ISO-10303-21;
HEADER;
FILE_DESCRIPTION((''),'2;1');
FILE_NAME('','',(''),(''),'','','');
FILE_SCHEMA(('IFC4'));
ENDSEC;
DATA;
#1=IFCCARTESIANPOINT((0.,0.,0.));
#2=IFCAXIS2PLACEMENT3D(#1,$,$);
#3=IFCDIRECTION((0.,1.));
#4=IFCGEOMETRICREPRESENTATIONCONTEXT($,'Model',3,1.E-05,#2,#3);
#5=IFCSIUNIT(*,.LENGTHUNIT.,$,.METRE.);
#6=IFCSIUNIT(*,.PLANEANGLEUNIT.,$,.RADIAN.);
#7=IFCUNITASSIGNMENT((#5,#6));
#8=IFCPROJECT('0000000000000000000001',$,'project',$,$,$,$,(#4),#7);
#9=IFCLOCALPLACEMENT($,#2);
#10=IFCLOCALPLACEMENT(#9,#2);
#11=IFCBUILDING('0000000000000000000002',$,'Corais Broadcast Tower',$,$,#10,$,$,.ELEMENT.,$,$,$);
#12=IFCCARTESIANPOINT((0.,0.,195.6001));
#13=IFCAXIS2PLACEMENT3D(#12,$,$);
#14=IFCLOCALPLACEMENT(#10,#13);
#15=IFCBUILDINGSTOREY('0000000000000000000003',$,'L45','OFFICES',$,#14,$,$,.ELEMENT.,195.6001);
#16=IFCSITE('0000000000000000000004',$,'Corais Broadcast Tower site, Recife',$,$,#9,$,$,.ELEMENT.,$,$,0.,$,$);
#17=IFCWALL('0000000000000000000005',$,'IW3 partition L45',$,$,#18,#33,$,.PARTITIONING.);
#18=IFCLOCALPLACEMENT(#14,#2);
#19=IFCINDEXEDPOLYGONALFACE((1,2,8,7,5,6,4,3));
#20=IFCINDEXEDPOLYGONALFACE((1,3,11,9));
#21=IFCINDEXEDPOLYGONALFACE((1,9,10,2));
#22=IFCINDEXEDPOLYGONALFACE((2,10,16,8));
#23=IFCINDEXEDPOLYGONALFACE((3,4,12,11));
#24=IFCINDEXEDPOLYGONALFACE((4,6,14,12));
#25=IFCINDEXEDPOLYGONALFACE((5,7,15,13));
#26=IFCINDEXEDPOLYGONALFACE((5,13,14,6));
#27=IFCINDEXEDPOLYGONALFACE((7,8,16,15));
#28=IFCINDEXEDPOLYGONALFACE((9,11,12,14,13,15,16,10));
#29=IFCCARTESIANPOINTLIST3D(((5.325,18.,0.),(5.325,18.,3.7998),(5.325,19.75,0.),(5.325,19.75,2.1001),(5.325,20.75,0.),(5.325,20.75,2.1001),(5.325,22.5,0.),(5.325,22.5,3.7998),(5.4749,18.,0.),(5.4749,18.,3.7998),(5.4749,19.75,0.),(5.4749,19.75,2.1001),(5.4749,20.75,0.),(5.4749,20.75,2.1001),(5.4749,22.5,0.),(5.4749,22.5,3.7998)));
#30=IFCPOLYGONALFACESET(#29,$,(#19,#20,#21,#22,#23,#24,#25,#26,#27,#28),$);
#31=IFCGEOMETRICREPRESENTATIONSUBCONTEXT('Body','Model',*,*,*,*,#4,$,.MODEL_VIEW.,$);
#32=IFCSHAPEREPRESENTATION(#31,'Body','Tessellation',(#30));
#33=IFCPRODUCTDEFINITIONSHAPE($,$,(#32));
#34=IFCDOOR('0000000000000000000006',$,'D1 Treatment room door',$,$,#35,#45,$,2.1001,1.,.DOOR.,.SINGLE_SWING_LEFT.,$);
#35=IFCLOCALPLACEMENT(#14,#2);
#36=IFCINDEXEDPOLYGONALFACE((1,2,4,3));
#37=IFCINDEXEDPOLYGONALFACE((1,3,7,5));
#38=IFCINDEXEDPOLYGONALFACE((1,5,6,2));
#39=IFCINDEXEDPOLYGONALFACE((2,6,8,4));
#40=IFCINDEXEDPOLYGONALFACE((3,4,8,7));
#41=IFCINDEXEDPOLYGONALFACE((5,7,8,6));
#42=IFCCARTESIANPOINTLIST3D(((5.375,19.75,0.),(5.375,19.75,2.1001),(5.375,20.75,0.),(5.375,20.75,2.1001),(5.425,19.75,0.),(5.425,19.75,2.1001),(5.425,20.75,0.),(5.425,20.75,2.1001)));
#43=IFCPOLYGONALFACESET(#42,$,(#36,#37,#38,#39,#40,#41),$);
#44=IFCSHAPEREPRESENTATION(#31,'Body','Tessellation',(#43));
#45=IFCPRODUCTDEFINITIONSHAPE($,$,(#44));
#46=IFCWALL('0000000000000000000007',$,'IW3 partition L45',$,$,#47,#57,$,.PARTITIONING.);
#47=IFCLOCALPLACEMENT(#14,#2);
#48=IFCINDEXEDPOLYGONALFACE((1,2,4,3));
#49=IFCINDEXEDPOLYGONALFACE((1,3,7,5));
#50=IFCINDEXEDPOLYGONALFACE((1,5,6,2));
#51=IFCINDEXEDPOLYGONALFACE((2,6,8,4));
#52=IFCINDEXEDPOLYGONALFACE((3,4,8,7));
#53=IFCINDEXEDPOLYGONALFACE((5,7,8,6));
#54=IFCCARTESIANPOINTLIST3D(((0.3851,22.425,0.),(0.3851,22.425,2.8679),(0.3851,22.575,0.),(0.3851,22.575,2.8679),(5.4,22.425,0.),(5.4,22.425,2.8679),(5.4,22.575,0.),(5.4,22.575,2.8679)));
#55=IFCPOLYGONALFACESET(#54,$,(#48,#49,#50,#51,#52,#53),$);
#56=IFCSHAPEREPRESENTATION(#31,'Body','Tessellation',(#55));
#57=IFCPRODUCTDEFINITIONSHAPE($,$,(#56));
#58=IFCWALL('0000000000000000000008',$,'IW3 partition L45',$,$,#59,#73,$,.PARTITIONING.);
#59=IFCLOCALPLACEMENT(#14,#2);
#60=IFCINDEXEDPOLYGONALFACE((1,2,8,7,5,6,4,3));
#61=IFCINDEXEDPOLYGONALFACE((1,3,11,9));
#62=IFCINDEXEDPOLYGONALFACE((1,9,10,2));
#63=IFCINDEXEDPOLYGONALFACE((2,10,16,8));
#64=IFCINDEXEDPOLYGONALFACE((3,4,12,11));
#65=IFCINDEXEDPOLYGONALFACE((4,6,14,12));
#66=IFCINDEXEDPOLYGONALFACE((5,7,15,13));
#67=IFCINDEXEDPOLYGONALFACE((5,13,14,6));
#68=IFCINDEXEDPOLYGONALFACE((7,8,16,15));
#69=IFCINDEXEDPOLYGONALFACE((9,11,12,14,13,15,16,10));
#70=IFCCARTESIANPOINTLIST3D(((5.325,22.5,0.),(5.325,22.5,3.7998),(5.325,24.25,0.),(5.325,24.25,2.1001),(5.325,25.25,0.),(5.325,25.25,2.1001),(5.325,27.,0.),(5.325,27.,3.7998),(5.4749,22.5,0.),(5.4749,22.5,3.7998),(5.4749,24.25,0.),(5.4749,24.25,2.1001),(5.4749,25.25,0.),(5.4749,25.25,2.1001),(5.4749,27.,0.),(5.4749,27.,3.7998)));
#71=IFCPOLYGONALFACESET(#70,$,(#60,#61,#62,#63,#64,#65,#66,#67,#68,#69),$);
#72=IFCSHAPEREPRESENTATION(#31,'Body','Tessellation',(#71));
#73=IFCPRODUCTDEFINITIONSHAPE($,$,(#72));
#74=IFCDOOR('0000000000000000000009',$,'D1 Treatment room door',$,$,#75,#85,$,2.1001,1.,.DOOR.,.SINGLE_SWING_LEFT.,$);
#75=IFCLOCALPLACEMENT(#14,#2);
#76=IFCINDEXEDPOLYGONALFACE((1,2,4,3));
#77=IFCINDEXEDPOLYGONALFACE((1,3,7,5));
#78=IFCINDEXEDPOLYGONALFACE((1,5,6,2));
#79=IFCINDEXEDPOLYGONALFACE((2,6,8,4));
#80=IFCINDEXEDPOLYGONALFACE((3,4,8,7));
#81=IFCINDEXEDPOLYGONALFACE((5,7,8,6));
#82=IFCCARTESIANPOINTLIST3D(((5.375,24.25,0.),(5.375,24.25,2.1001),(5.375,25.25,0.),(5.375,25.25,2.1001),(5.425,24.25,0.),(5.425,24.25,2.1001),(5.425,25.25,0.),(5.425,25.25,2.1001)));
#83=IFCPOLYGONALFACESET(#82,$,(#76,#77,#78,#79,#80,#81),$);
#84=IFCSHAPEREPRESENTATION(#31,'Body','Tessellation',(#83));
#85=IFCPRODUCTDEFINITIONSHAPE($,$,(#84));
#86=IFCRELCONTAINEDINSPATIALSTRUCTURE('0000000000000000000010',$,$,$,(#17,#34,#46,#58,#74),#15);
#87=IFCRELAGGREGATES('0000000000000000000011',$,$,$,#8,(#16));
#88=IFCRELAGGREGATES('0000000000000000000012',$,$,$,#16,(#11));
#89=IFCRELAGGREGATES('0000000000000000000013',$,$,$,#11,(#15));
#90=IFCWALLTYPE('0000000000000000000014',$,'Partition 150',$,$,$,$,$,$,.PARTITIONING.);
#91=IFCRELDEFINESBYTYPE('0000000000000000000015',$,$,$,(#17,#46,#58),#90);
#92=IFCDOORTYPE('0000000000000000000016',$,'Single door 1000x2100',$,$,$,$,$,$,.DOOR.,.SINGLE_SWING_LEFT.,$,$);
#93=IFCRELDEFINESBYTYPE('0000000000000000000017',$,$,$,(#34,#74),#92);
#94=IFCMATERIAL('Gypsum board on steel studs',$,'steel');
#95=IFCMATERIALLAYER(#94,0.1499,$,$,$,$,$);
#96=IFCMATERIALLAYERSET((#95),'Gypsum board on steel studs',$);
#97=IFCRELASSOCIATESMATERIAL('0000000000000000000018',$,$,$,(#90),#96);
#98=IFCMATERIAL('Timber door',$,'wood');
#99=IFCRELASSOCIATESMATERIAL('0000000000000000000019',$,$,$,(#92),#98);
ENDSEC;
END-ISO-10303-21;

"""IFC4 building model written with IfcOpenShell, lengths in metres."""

from ifc_helpers import new_model, si_unit, direction, frame, frame_2d, origin, place, context, subcontext, project, spatial, rectangle, extrude, material, layer, layer_set, type_object, element, fill, save


model = new_model("IFC4")

# Units and contexts
model_context = context("Model", 3, precision=1e-05, world=origin(), true_north=direction((0.0, 1.0)))
body_context = subcontext(model_context, "Body", "Model", "MODEL_VIEW")
ifc_project = project(units=[si_unit("LENGTHUNIT", "METRE"), si_unit("PLANEANGLEUNIT", "RADIAN")], contexts=[model_context])

# Site, building, storey
site_placement = place(None, origin())
site = spatial("IfcSite", under=ifc_project, at=site_placement, Name="Corais Broadcast Tower site, Recife", CompositionType="ELEMENT", RefElevation=0.0)
building_placement = place(site_placement, origin())
building = spatial("IfcBuilding", under=site, at=building_placement, Name="Corais Broadcast Tower", CompositionType="ELEMENT")
storey_placement = place(building_placement, frame((0.0, 0.0, 195.6001)))
storey = spatial("IfcBuildingStorey", under=building, at=storey_placement, Name="L45", Description="OFFICES", CompositionType="ELEMENT", Elevation=195.6001)

# Shared definitions
ifc_material_1 = material(Name="Gypsum board on steel studs", Category="steel")
ifc_layer_1 = layer(ifc_material_1, 0.1499)
ifc_layer_set_1 = layer_set([ifc_layer_1], Name="Gypsum board on steel studs")
wall_type_1 = type_object("IfcWallType", Name="Partition 150", PredefinedType="PARTITIONING", material=ifc_layer_set_1)

# Wall, opening, door
wall_1_placement = place(storey_placement, frame((5.3999, 18.0, 0.0), z_axis=(0.0, 0.0, 1.0), x_axis=(0.0, 1.0, 0.0)))
wall_1 = element("IfcWall", 1, at=wall_1_placement, inside=storey, type_object=wall_type_1, Name="IW3 partition L45", PredefinedType="PARTITIONING", context=body_context, shape_type="SweptSolid", body=[
    extrude(rectangle(XDim=4.5, YDim=0.1499, at=frame_2d((2.25, 0.0))), origin(), (0.0, 0.0, 1.0), 3.7998),
])
opening_1_placement = place(wall_1_placement, frame((1.75, 0.0, 0.0)))
opening_1 = element("IfcOpeningElement", 2, at=opening_1_placement, cuts=wall_1, PredefinedType="OPENING", context=body_context, shape_type="SweptSolid", body=[
    extrude(rectangle(XDim=1.0, YDim=2.1001, at=frame_2d((0.5, 1.05))), frame((0.0, 0.085, 0.0), z_axis=(0.0, -1.0, 0.0), x_axis=(1.0, 0.0, 0.0)), (0.0, 0.0, 1.0), 0.1699),
])
ifc_material_2 = material(Name="Timber door", Category="wood")
door_type = type_object("IfcDoorType", Name="Single door 1000x2100", OperationType="SINGLE_SWING_LEFT", PredefinedType="DOOR", material=ifc_material_2)
door_1_placement = place(opening_1_placement, origin())
door_1 = element("IfcDoor", 3, at=door_1_placement, inside=storey, type_object=door_type, Name="D1 Treatment room door", OperationType="SINGLE_SWING_LEFT", OverallHeight=2.1001, OverallWidth=1.0, PredefinedType="DOOR", context=body_context, shape_type="SweptSolid", body=[
    extrude(rectangle(XDim=1.0, YDim=2.1001, at=frame_2d((0.5, 1.05))), frame((0.0, 0.0249, 0.0), z_axis=(0.0, -1.0, 0.0), x_axis=(1.0, 0.0, 0.0)), (0.0, 0.0, 1.0), 0.05),
])
fill(opening_1, door_1)

# Wall
wall_2_placement = place(storey_placement, frame((5.3999, 22.5, 0.0), z_axis=(0.0, 0.0, 1.0), x_axis=(-1.0, 0.0, 0.0)))
element("IfcWall", 4, at=wall_2_placement, inside=storey, type_object=wall_type_1, Name="IW3 partition L45", PredefinedType="PARTITIONING", context=body_context, shape_type="SweptSolid", body=[
    extrude(rectangle(XDim=5.0149, YDim=0.1499, at=frame_2d((2.5073, 0.0))), origin(), (0.0, 0.0, 1.0), 2.8679),
])

# Wall, opening, door
wall_3_placement = place(storey_placement, frame((5.3999, 22.5, 0.0), z_axis=(0.0, 0.0, 1.0), x_axis=(0.0, 1.0, 0.0)))
wall_3 = element("IfcWall", 5, at=wall_3_placement, inside=storey, type_object=wall_type_1, Name="IW3 partition L45", PredefinedType="PARTITIONING", context=body_context, shape_type="SweptSolid", body=[
    extrude(rectangle(XDim=4.5, YDim=0.1499, at=frame_2d((2.25, 0.0))), origin(), (0.0, 0.0, 1.0), 3.7998),
])
opening_2_placement = place(wall_3_placement, frame((1.75, 0.0, 0.0)))
opening_2 = element("IfcOpeningElement", 6, at=opening_2_placement, cuts=wall_3, PredefinedType="OPENING", context=body_context, shape_type="SweptSolid", body=[
    extrude(rectangle(XDim=1.0, YDim=2.1001, at=frame_2d((0.5, 1.05))), frame((0.0, 0.085, 0.0), z_axis=(0.0, -1.0, 0.0), x_axis=(1.0, 0.0, 0.0)), (0.0, 0.0, 1.0), 0.1699),
])
door_2_placement = place(opening_2_placement, origin())
door_2 = element("IfcDoor", 7, at=door_2_placement, inside=storey, type_object=door_type, Name="D1 Treatment room door", OperationType="SINGLE_SWING_LEFT", OverallHeight=2.1001, OverallWidth=1.0, PredefinedType="DOOR", context=body_context, shape_type="SweptSolid", body=[
    extrude(rectangle(XDim=1.0, YDim=2.1001, at=frame_2d((0.5, 1.05))), frame((0.0, 0.0249, 0.0), z_axis=(0.0, -1.0, 0.0), x_axis=(1.0, 0.0, 0.0)), (0.0, 0.0, 1.0), 0.05),
])
fill(opening_2, door_2)

save(model, "model.ifc")
